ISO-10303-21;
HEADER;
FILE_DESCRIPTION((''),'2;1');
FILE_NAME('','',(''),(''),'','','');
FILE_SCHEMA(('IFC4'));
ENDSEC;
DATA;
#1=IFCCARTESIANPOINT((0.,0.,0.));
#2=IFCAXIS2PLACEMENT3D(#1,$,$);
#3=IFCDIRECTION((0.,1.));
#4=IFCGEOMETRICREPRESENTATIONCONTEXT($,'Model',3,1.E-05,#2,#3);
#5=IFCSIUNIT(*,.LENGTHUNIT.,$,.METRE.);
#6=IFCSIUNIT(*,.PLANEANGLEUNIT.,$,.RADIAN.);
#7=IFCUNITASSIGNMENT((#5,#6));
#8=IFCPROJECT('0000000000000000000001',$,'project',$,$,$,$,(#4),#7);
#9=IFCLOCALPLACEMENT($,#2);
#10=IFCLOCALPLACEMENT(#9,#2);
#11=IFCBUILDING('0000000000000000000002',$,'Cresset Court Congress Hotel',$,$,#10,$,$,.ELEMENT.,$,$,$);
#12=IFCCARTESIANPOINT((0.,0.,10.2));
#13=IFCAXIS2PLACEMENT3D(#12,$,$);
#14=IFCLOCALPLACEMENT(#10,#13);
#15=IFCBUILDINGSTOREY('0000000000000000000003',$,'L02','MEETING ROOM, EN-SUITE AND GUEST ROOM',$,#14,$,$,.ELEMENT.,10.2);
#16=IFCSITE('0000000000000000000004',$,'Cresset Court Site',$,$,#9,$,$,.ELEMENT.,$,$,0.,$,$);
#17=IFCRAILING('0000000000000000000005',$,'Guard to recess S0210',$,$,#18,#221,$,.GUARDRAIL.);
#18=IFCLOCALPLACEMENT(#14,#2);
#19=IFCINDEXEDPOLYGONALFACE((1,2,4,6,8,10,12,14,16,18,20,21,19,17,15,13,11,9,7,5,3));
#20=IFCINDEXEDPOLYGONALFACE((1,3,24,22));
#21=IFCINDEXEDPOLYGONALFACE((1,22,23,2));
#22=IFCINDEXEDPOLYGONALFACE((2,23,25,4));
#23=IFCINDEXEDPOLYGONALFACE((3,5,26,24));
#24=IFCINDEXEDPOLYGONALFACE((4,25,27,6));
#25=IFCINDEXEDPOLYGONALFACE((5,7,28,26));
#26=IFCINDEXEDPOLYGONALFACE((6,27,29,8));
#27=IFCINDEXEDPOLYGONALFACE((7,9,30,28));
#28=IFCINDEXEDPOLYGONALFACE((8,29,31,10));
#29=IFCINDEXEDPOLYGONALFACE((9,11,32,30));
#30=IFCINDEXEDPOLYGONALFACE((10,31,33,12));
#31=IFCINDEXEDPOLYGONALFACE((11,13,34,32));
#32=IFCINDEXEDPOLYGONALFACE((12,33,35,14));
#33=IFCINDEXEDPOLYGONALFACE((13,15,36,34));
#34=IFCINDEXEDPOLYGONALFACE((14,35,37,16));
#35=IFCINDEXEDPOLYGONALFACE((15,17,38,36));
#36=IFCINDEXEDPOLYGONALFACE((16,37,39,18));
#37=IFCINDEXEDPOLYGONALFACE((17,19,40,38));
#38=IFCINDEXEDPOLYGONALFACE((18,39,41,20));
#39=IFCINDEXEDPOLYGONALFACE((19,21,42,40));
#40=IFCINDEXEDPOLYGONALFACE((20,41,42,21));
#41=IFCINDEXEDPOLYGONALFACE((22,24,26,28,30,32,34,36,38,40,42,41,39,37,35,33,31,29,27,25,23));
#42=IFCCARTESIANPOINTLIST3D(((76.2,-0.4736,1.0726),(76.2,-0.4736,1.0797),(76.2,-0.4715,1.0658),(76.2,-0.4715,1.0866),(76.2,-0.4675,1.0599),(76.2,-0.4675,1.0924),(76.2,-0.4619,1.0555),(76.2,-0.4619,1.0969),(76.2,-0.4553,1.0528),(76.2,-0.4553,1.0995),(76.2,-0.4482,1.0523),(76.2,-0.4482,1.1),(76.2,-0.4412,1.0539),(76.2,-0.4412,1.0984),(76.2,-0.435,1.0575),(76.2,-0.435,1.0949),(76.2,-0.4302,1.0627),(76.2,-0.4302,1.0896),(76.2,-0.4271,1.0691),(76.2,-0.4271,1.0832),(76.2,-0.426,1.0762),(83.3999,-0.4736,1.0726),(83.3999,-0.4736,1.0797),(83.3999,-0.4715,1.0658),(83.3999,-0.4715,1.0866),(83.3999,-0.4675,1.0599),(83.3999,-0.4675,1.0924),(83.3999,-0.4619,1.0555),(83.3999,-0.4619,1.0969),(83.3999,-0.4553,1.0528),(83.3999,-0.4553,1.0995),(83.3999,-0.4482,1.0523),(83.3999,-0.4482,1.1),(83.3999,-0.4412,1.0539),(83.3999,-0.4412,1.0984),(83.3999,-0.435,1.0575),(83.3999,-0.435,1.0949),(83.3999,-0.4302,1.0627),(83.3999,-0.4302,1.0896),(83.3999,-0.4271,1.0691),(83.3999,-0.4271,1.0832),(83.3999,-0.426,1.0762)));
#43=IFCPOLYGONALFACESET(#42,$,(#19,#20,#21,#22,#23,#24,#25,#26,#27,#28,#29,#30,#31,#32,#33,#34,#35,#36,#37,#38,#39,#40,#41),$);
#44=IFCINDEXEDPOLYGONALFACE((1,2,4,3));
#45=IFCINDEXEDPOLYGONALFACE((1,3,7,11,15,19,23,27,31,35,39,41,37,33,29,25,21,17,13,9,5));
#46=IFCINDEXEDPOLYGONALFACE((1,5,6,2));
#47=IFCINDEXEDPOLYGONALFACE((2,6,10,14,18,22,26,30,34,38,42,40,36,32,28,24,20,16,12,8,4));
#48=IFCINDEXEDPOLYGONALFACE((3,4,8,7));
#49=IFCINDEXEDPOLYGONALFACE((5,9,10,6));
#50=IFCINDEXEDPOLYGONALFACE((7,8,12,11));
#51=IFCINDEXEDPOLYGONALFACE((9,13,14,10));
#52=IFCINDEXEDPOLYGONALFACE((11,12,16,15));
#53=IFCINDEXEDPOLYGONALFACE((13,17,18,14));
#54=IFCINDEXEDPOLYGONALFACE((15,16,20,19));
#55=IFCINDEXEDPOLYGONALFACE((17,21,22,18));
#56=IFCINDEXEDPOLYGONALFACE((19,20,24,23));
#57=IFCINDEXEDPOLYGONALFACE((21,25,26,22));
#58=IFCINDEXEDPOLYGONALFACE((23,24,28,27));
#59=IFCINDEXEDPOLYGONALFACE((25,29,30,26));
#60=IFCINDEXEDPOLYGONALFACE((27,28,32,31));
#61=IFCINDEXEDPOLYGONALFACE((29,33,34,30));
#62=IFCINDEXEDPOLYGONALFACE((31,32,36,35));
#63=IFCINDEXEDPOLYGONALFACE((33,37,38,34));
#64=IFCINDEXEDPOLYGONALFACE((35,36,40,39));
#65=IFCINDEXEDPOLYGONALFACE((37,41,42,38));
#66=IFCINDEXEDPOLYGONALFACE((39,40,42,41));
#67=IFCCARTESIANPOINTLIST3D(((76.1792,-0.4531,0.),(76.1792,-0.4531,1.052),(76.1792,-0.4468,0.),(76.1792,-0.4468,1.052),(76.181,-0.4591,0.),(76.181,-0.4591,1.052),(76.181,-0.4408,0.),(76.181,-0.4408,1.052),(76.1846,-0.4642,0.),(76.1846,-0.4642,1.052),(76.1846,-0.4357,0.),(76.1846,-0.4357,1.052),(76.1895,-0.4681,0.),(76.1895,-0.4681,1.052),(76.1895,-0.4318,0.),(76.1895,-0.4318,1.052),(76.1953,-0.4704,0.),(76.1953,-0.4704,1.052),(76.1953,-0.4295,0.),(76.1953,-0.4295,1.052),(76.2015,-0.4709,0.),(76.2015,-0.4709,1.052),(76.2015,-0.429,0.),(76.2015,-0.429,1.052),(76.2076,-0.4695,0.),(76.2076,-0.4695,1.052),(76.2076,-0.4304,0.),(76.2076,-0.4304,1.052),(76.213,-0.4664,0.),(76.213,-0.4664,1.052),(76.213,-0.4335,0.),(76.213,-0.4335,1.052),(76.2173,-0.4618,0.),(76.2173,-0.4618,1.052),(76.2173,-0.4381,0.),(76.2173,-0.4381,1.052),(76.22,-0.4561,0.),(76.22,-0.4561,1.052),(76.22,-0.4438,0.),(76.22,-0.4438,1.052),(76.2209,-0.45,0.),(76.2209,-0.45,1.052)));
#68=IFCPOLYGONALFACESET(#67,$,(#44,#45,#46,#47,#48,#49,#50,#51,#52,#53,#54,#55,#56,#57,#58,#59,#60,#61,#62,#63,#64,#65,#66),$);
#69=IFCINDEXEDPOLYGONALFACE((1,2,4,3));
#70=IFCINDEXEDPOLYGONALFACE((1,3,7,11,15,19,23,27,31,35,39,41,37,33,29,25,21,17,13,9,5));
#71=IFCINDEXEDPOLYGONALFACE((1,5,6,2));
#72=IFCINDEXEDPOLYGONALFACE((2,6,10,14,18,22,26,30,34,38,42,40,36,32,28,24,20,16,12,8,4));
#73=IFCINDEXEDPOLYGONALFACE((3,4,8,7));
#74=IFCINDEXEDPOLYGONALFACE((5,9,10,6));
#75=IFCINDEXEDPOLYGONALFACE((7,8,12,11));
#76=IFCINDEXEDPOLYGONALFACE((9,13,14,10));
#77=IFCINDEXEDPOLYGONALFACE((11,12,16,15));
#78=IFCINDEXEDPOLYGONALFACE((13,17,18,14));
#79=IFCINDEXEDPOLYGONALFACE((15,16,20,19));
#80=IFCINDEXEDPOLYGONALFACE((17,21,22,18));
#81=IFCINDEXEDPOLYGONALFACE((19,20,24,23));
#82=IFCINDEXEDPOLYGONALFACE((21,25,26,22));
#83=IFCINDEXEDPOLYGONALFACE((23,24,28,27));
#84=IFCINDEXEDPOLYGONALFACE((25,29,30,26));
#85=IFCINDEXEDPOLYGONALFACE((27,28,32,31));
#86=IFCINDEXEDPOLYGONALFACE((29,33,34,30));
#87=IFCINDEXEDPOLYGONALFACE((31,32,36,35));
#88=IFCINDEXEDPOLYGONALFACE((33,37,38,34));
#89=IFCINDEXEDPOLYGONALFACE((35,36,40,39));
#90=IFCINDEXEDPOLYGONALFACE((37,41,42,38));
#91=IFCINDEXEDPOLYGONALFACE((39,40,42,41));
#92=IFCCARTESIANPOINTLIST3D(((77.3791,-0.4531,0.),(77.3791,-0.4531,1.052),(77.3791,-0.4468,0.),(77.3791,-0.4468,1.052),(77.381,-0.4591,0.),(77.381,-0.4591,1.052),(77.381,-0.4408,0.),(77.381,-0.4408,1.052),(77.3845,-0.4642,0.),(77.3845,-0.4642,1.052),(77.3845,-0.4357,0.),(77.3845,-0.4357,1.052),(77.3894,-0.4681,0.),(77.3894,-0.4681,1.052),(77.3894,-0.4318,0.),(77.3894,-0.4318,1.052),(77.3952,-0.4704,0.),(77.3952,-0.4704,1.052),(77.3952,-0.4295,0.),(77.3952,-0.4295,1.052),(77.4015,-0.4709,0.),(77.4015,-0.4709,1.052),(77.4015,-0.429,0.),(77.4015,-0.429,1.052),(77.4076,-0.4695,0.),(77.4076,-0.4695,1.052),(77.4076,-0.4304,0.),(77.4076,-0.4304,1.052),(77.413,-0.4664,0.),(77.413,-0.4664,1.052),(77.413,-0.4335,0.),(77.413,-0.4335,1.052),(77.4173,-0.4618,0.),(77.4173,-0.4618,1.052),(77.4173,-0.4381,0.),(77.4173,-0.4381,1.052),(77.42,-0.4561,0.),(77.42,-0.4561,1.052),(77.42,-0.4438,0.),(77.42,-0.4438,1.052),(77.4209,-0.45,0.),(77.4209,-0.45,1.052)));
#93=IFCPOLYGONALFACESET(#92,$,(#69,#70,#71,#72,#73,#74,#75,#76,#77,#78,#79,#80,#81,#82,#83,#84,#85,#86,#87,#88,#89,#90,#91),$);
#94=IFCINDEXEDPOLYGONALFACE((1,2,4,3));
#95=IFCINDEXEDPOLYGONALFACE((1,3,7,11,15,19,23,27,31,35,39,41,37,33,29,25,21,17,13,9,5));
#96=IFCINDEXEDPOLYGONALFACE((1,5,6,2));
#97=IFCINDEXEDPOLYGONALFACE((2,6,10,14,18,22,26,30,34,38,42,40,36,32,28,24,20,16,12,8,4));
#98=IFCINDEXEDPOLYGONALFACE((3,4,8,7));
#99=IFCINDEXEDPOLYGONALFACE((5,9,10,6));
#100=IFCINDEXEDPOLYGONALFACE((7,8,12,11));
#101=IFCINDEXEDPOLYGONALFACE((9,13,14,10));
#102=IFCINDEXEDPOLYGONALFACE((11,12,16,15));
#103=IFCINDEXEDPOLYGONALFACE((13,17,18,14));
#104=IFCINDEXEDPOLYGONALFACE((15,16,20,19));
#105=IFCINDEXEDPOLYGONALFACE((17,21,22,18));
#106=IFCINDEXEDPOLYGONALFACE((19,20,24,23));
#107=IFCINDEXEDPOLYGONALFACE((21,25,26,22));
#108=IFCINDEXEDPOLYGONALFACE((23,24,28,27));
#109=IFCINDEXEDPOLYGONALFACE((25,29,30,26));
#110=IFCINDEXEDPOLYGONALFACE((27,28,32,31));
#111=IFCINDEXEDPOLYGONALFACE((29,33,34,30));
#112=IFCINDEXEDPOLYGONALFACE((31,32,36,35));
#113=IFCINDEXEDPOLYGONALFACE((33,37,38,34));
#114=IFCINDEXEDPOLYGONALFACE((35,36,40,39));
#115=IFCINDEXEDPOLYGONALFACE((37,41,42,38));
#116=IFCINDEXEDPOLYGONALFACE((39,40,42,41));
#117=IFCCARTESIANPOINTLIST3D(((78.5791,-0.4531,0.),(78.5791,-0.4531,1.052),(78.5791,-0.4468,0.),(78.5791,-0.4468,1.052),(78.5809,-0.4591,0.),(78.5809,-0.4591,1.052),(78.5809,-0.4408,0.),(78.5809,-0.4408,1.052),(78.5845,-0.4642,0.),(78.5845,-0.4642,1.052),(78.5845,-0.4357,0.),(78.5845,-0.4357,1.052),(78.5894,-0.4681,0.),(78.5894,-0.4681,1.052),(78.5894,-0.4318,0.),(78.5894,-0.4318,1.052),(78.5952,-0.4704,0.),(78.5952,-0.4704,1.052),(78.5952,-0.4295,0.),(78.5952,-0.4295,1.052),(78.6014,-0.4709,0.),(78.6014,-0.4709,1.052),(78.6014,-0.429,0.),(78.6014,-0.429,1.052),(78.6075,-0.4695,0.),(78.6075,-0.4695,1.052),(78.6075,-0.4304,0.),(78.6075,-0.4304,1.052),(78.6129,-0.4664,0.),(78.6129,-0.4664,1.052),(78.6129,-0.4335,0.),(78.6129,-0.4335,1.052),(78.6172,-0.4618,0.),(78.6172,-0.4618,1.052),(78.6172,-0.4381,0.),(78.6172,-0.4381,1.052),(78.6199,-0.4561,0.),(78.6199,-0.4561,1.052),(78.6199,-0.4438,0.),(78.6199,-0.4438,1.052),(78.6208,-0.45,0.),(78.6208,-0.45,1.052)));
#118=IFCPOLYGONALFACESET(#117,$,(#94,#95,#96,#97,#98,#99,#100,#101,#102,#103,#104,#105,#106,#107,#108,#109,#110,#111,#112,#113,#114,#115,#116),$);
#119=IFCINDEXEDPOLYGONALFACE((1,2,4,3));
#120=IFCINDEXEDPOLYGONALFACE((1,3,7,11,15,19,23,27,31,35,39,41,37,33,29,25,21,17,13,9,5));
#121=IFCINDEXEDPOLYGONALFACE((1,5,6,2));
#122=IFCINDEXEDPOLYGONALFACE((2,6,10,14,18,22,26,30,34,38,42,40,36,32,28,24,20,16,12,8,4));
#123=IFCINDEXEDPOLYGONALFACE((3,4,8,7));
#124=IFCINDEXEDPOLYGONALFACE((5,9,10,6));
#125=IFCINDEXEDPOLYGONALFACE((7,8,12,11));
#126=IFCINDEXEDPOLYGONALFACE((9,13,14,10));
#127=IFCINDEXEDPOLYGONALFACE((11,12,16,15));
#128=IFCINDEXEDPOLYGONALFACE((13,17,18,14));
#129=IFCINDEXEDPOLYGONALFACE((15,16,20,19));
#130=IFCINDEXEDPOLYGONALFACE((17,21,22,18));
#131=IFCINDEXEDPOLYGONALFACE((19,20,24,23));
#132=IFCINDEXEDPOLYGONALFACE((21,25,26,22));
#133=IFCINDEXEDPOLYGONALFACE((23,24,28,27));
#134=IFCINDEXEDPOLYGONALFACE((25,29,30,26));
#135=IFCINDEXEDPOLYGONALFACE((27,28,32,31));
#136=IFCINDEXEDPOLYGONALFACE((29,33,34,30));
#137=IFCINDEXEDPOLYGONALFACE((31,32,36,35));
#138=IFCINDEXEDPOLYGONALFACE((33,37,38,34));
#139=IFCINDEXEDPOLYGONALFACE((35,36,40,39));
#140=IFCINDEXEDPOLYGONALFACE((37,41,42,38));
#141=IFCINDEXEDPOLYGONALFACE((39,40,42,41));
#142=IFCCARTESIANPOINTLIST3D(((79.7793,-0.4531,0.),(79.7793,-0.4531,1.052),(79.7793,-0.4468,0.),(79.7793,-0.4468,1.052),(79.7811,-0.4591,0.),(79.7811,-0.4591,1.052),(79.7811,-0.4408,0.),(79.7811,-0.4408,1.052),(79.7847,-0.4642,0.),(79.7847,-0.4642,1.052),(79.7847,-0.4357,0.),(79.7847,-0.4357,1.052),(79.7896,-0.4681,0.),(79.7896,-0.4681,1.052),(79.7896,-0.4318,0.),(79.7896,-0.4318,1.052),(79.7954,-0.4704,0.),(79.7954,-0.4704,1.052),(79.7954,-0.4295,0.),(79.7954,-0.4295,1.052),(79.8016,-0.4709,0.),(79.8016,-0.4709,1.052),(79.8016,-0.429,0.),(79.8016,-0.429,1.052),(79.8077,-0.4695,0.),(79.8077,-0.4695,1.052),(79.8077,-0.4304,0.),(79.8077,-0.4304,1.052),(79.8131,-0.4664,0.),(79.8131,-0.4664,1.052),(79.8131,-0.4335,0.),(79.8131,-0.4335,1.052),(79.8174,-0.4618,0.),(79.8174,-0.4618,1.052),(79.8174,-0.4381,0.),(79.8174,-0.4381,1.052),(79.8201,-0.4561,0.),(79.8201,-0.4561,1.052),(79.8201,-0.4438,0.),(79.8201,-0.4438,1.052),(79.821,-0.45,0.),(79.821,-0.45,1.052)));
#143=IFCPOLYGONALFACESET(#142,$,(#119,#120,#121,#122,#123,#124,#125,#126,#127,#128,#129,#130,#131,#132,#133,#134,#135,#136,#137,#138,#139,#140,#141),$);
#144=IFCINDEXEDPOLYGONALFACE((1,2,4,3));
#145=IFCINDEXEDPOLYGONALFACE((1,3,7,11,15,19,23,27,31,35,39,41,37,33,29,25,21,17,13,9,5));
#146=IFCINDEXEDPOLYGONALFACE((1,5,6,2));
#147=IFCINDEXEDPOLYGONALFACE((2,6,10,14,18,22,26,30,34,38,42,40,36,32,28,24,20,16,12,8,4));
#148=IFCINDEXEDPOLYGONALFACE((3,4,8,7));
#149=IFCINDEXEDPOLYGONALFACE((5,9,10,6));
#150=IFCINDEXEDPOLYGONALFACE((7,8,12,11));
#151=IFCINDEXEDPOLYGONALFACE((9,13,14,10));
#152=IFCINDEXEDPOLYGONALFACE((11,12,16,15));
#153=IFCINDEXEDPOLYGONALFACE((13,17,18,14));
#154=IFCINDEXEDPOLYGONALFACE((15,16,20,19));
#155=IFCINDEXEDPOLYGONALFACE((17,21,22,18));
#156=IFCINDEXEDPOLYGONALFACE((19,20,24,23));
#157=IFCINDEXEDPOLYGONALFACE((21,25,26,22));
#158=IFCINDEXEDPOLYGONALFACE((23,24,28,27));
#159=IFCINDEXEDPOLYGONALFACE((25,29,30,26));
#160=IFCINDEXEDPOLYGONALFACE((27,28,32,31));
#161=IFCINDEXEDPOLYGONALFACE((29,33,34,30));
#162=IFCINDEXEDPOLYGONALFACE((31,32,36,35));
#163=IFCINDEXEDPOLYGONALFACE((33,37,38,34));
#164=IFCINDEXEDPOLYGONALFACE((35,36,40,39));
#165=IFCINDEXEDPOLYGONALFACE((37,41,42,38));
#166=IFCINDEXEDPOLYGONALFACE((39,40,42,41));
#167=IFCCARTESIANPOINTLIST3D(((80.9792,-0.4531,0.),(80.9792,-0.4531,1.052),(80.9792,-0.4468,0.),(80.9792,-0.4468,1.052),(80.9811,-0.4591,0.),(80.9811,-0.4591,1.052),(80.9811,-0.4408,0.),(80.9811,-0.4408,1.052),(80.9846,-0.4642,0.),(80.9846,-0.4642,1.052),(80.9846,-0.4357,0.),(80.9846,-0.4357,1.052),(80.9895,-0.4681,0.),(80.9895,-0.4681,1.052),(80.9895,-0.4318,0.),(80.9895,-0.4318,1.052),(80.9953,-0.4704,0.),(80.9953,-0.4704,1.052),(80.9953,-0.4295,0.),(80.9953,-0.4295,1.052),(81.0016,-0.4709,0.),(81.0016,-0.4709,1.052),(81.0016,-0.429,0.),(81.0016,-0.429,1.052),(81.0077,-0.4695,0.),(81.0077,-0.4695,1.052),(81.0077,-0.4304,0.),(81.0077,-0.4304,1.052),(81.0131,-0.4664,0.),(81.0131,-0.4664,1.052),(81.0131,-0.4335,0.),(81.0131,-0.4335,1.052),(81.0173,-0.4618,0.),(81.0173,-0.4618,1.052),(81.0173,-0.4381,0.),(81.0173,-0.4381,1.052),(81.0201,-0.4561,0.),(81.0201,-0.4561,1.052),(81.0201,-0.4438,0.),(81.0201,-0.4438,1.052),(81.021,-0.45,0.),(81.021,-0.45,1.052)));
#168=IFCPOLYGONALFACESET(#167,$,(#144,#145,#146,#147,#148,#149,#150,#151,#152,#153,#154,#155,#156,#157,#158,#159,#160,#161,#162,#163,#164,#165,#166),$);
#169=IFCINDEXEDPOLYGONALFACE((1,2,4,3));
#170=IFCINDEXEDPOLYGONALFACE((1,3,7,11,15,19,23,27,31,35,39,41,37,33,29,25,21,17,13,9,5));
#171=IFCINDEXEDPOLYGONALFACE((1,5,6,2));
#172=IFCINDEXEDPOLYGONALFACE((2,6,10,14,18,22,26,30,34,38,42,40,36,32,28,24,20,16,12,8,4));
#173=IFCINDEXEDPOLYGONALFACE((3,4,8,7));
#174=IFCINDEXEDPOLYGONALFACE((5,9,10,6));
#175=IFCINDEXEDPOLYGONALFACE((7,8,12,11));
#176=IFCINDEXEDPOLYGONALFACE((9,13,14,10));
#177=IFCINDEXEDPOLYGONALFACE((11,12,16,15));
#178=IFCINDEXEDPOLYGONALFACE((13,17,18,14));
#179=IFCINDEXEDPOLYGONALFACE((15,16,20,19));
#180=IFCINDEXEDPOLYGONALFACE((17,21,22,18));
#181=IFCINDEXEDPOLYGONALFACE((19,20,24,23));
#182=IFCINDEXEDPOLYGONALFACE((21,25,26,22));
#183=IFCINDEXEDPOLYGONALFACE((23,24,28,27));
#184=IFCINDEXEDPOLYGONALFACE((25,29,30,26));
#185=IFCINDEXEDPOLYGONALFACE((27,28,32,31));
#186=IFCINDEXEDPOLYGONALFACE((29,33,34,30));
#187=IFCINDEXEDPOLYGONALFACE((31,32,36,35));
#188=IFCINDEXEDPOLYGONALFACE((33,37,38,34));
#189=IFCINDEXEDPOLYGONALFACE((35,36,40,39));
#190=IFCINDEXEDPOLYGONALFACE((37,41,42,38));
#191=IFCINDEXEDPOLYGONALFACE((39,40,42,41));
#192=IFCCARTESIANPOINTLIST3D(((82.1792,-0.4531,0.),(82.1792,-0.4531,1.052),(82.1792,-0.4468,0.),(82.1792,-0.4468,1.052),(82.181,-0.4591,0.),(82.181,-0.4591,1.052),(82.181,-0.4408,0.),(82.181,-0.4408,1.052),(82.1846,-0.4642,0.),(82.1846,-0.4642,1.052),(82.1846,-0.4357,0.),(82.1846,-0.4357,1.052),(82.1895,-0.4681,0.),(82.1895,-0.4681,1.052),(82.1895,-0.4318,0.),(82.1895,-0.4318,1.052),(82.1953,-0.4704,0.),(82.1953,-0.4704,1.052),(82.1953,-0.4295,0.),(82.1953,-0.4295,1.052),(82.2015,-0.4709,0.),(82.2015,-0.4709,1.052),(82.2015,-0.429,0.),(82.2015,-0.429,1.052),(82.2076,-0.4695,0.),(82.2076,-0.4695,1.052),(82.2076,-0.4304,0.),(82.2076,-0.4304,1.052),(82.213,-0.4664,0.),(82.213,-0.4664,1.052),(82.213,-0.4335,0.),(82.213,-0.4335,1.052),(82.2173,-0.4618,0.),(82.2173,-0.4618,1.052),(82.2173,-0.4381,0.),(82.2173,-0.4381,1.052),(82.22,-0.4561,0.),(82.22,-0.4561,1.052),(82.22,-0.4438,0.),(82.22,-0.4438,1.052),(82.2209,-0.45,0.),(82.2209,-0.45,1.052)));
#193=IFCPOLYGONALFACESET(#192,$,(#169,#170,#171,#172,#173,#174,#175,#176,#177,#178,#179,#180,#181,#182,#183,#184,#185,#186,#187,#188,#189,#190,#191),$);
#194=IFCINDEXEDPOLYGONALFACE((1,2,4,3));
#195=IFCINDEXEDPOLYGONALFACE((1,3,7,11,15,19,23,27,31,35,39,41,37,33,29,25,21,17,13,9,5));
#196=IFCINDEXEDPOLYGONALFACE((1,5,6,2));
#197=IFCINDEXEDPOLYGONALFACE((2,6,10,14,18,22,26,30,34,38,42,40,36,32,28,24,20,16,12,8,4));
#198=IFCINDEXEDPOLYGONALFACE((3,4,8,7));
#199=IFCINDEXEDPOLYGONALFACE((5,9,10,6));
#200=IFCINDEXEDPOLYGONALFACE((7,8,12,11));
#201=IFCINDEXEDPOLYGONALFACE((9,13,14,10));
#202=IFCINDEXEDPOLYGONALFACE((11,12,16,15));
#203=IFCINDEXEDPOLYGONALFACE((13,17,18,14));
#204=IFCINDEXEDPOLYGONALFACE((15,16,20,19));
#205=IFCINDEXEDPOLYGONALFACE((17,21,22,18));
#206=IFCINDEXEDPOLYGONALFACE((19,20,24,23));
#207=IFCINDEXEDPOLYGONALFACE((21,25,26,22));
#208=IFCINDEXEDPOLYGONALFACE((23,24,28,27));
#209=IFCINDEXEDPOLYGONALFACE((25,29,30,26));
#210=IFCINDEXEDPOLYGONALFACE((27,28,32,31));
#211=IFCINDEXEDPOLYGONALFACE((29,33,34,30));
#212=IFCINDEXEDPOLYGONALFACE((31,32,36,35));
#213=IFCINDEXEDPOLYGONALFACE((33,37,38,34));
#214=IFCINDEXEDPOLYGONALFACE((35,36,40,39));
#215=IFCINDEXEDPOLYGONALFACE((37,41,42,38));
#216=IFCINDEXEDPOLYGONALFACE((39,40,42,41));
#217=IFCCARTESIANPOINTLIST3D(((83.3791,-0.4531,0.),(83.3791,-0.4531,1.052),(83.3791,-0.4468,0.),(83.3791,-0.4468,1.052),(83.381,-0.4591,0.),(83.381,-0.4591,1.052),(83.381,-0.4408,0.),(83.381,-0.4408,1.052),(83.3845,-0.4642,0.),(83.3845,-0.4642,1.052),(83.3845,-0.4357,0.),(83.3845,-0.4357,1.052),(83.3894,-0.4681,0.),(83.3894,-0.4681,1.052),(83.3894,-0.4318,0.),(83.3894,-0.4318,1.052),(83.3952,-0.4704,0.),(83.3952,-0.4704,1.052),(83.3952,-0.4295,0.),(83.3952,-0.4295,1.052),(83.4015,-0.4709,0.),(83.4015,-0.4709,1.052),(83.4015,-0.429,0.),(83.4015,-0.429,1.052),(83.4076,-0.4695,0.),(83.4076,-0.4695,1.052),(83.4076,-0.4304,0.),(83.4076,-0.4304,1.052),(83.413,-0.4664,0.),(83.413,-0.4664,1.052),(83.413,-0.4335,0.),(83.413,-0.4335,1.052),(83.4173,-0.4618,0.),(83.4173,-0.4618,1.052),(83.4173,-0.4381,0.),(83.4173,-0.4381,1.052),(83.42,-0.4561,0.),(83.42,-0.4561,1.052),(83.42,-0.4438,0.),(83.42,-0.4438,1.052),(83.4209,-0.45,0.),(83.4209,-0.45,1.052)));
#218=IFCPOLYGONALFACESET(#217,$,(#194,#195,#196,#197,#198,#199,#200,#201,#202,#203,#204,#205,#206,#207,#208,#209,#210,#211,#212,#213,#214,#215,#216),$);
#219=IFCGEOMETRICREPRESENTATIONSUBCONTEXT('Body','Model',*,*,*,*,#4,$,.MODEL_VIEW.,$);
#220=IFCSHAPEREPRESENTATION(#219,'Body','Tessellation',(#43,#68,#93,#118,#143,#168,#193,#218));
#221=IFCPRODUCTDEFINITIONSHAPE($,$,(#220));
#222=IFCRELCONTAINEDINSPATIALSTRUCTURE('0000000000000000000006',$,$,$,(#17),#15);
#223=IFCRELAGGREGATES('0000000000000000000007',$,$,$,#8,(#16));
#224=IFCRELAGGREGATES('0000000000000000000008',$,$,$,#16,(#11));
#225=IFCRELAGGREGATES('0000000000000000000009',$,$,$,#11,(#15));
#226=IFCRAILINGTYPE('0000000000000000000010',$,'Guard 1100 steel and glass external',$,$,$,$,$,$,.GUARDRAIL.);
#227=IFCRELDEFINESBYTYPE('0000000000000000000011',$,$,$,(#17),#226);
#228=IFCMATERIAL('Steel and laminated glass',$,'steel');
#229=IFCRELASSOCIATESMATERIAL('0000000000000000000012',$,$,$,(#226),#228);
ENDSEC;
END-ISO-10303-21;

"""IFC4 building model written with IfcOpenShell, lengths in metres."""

from ifc_helpers import new_model, si_unit, direction, frame, origin, origin_2d, place, context, subcontext, project, spatial, circle, extrude, material, type_object, element, save


model = new_model("IFC4")

# Units and contexts
model_context = context("Model", 3, precision=1e-05, world=origin(), true_north=direction((0.0, 1.0)))
body_context = subcontext(model_context, "Body", "Model", "MODEL_VIEW")
ifc_project = project(units=[si_unit("LENGTHUNIT", "METRE"), si_unit("PLANEANGLEUNIT", "RADIAN")], contexts=[model_context])

# Site, building, storey
site_placement = place(None, origin())
site = spatial("IfcSite", under=ifc_project, at=site_placement, Name="Cresset Court Site", CompositionType="ELEMENT", RefElevation=0.0)
building_placement = place(site_placement, origin())
building = spatial("IfcBuilding", under=site, at=building_placement, Name="Cresset Court Congress Hotel", CompositionType="ELEMENT")
storey_placement = place(building_placement, frame((0.0, 0.0, 10.2)))
storey = spatial("IfcBuildingStorey", under=building, at=storey_placement, Name="L02", Description="MEETING ROOM, EN-SUITE AND GUEST ROOM", CompositionType="ELEMENT", Elevation=10.2)

# Railing
ifc_material_1 = material(Name="Steel and laminated glass", Category="steel")
railing_type = type_object("IfcRailingType", Name="Guard 1100 steel and glass external", PredefinedType="GUARDRAIL", material=ifc_material_1)
railing_placement = place(storey_placement, frame((76.2, -0.45, 0.0)))
element("IfcRailing", 1, at=railing_placement, inside=storey, type_object=railing_type, Name="Guard to recess S0210", PredefinedType="GUARDRAIL", context=body_context, shape_type="SweptSolid", body=[
    extrude(circle(Radius=0.0239, at=origin_2d()), frame((0.0, 0.0, 1.0762), z_axis=(1.0, 0.0, 0.0), x_axis=(0.0, 1.0, 0.0)), (0.0, 0.0, 1.0), 7.2),
    extrude(circle(Radius=0.021, at=origin_2d()), origin(), (0.0, 0.0, 1.0), 1.052),
    extrude(circle(Radius=0.021, at=origin_2d()), frame((1.2, 0.0, 0.0)), (0.0, 0.0, 1.0), 1.052),
    extrude(circle(Radius=0.021, at=origin_2d()), frame((2.3999, 0.0, 0.0)), (0.0, 0.0, 1.0), 1.052),
    extrude(circle(Radius=0.021, at=origin_2d()), frame((3.6001, 0.0, 0.0)), (0.0, 0.0, 1.0), 1.052),
    extrude(circle(Radius=0.021, at=origin_2d()), frame((4.8, 0.0, 0.0)), (0.0, 0.0, 1.0), 1.052),
    extrude(circle(Radius=0.021, at=origin_2d()), frame((6.0, 0.0, 0.0)), (0.0, 0.0, 1.0), 1.052),
    extrude(circle(Radius=0.021, at=origin_2d()), frame((7.2, 0.0, 0.0)), (0.0, 0.0, 1.0), 1.052),
])

save(model, "model.ifc")
